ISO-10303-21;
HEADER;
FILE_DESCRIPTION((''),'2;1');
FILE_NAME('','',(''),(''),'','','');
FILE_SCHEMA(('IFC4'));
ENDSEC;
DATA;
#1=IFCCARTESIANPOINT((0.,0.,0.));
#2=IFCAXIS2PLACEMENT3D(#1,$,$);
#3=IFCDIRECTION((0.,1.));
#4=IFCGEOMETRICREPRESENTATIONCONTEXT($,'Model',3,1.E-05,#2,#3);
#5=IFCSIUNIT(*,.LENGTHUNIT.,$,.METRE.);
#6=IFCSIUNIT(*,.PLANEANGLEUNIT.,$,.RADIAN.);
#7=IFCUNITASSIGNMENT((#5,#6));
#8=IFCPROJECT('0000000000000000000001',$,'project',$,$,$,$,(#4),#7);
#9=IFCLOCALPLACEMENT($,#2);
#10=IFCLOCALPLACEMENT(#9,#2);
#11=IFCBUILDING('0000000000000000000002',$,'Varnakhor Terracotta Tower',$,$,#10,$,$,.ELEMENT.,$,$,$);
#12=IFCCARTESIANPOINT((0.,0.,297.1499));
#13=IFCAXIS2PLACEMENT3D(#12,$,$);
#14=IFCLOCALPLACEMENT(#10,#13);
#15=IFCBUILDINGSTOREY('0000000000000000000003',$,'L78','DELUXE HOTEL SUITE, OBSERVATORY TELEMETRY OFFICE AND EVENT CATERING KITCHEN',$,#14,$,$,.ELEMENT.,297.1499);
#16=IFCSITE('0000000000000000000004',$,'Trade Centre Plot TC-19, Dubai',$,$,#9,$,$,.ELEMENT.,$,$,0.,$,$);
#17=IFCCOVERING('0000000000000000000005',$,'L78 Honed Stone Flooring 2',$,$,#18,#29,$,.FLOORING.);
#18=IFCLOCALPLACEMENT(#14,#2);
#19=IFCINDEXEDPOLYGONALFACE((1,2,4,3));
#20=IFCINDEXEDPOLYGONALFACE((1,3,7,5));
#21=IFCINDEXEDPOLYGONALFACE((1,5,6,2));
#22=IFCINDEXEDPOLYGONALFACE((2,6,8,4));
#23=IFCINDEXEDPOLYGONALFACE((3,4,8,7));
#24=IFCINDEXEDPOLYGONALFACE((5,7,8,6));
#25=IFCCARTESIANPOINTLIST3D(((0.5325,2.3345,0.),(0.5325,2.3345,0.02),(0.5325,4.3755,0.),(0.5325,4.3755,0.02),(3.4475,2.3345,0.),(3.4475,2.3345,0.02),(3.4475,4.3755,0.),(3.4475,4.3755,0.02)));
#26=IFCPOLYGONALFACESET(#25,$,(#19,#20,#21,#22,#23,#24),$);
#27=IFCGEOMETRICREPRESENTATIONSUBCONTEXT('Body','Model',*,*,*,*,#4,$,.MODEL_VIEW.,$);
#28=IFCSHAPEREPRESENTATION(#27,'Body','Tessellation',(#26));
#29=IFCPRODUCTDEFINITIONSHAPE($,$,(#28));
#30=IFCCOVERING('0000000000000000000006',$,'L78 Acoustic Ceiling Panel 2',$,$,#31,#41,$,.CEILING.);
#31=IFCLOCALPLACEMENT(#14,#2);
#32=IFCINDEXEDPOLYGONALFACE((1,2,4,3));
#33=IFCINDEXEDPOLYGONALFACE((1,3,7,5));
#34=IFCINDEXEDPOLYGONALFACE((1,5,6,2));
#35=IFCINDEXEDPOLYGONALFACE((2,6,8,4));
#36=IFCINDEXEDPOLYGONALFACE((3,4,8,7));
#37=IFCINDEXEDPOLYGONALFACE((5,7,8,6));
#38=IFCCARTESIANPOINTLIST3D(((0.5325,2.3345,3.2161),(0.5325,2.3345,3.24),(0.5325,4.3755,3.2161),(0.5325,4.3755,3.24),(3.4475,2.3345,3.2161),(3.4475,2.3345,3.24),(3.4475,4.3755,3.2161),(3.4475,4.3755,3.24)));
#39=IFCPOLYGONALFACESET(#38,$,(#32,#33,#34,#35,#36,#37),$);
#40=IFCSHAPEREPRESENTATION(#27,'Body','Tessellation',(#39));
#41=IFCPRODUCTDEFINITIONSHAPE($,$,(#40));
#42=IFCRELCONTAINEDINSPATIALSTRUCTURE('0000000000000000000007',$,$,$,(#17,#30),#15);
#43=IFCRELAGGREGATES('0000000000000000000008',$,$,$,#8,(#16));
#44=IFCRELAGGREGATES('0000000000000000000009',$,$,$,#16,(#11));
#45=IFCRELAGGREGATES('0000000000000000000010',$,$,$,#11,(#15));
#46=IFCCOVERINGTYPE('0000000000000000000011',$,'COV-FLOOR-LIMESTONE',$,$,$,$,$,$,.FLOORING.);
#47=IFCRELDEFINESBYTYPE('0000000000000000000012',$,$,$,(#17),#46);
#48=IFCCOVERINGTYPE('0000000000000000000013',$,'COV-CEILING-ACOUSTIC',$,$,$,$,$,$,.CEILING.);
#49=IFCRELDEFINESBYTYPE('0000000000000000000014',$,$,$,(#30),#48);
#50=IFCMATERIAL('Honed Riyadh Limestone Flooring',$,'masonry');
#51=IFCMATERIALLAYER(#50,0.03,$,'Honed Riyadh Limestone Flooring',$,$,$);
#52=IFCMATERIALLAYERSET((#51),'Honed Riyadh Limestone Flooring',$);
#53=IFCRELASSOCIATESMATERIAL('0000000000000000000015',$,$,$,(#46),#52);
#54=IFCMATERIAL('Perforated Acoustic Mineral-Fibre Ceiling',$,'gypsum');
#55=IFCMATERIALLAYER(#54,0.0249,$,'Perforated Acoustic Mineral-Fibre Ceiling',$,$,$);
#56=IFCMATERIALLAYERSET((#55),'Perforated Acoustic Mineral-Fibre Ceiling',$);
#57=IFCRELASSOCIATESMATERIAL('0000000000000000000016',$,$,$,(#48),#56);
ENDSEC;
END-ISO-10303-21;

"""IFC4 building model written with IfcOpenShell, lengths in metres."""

from ifc_helpers import new_model, si_unit, direction, frame, origin, origin_2d, place, context, subcontext, project, spatial, rectangle, extrude, source, transform, mapped, material, layer, layer_set, type_object, element, save


model = new_model("IFC4")

# Units and contexts
model_context = context("Model", 3, precision=1e-05, world=origin(), true_north=direction((0.0, 1.0)))
body_context = subcontext(model_context, "Body", "Model", "MODEL_VIEW")
ifc_project = project(units=[si_unit("LENGTHUNIT", "METRE"), si_unit("PLANEANGLEUNIT", "RADIAN")], contexts=[model_context])

# Site, building, storey
site_placement = place(None, origin())
site = spatial("IfcSite", under=ifc_project, at=site_placement, Name="Trade Centre Plot TC-19, Dubai", CompositionType="ELEMENT", RefElevation=0.0)
building_placement = place(site_placement, origin())
building = spatial("IfcBuilding", under=site, at=building_placement, Name="Varnakhor Terracotta Tower", CompositionType="ELEMENT")
storey_placement = place(building_placement, frame((0.0, 0.0, 297.1499)))
storey = spatial("IfcBuildingStorey", under=building, at=storey_placement, Name="L78", Description="DELUXE HOTEL SUITE, OBSERVATORY TELEMETRY OFFICE AND EVENT CATERING KITCHEN", CompositionType="ELEMENT", Elevation=297.1499)

# Coverings
ifc_material_1 = material(Name="Honed Riyadh Limestone Flooring", Category="masonry")
ifc_layer_1 = layer(ifc_material_1, 0.03, Name="Honed Riyadh Limestone Flooring")
ifc_layer_set_1 = layer_set([ifc_layer_1], Name="Honed Riyadh Limestone Flooring")
covering_type_1 = type_object("IfcCoveringType", Name="COV-FLOOR-LIMESTONE", PredefinedType="FLOORING", material=ifc_layer_set_1)
shared_shape_1 = source(origin(), body_context, "Body", "SweptSolid", [
    extrude(rectangle(XDim=2.915, YDim=2.041, at=origin_2d()), origin(), (0.0, 0.0, 1.0), 0.02),
])
covering_1_placement = place(storey_placement, frame((1.99, 3.355, 0.0), z_axis=(0.0, 0.0, 1.0), x_axis=(1.0, 0.0, 0.0)))
element("IfcCovering", 1, at=covering_1_placement, inside=storey, type_object=covering_type_1, Name="L78 Honed Stone Flooring 2", PredefinedType="FLOORING", context=body_context, shape_type="MappedRepresentation", body=[
    mapped(shared_shape_1, transform((0.0, 0.0, 0.0), scale=1.0)),
])
ifc_material_2 = material(Name="Perforated Acoustic Mineral-Fibre Ceiling", Category="gypsum")
ifc_layer_2 = layer(ifc_material_2, 0.0249, Name="Perforated Acoustic Mineral-Fibre Ceiling")
ifc_layer_set_2 = layer_set([ifc_layer_2], Name="Perforated Acoustic Mineral-Fibre Ceiling")
covering_type_2 = type_object("IfcCoveringType", Name="COV-CEILING-ACOUSTIC", PredefinedType="CEILING", material=ifc_layer_set_2)
shared_shape_2 = source(origin(), body_context, "Body", "SweptSolid", [
    extrude(rectangle(XDim=2.915, YDim=2.041, at=origin_2d()), origin(), (0.0, 0.0, 1.0), 0.0239),
])
covering_2_placement = place(storey_placement, frame((1.99, 3.355, 3.2161), z_axis=(0.0, 0.0, 1.0), x_axis=(1.0, 0.0, 0.0)))
element("IfcCovering", 2, at=covering_2_placement, inside=storey, type_object=covering_type_2, Name="L78 Acoustic Ceiling Panel 2", PredefinedType="CEILING", context=body_context, shape_type="MappedRepresentation", body=[
    mapped(shared_shape_2, transform((0.0, 0.0, 0.0), scale=1.0)),
])

save(model, "model.ifc")
